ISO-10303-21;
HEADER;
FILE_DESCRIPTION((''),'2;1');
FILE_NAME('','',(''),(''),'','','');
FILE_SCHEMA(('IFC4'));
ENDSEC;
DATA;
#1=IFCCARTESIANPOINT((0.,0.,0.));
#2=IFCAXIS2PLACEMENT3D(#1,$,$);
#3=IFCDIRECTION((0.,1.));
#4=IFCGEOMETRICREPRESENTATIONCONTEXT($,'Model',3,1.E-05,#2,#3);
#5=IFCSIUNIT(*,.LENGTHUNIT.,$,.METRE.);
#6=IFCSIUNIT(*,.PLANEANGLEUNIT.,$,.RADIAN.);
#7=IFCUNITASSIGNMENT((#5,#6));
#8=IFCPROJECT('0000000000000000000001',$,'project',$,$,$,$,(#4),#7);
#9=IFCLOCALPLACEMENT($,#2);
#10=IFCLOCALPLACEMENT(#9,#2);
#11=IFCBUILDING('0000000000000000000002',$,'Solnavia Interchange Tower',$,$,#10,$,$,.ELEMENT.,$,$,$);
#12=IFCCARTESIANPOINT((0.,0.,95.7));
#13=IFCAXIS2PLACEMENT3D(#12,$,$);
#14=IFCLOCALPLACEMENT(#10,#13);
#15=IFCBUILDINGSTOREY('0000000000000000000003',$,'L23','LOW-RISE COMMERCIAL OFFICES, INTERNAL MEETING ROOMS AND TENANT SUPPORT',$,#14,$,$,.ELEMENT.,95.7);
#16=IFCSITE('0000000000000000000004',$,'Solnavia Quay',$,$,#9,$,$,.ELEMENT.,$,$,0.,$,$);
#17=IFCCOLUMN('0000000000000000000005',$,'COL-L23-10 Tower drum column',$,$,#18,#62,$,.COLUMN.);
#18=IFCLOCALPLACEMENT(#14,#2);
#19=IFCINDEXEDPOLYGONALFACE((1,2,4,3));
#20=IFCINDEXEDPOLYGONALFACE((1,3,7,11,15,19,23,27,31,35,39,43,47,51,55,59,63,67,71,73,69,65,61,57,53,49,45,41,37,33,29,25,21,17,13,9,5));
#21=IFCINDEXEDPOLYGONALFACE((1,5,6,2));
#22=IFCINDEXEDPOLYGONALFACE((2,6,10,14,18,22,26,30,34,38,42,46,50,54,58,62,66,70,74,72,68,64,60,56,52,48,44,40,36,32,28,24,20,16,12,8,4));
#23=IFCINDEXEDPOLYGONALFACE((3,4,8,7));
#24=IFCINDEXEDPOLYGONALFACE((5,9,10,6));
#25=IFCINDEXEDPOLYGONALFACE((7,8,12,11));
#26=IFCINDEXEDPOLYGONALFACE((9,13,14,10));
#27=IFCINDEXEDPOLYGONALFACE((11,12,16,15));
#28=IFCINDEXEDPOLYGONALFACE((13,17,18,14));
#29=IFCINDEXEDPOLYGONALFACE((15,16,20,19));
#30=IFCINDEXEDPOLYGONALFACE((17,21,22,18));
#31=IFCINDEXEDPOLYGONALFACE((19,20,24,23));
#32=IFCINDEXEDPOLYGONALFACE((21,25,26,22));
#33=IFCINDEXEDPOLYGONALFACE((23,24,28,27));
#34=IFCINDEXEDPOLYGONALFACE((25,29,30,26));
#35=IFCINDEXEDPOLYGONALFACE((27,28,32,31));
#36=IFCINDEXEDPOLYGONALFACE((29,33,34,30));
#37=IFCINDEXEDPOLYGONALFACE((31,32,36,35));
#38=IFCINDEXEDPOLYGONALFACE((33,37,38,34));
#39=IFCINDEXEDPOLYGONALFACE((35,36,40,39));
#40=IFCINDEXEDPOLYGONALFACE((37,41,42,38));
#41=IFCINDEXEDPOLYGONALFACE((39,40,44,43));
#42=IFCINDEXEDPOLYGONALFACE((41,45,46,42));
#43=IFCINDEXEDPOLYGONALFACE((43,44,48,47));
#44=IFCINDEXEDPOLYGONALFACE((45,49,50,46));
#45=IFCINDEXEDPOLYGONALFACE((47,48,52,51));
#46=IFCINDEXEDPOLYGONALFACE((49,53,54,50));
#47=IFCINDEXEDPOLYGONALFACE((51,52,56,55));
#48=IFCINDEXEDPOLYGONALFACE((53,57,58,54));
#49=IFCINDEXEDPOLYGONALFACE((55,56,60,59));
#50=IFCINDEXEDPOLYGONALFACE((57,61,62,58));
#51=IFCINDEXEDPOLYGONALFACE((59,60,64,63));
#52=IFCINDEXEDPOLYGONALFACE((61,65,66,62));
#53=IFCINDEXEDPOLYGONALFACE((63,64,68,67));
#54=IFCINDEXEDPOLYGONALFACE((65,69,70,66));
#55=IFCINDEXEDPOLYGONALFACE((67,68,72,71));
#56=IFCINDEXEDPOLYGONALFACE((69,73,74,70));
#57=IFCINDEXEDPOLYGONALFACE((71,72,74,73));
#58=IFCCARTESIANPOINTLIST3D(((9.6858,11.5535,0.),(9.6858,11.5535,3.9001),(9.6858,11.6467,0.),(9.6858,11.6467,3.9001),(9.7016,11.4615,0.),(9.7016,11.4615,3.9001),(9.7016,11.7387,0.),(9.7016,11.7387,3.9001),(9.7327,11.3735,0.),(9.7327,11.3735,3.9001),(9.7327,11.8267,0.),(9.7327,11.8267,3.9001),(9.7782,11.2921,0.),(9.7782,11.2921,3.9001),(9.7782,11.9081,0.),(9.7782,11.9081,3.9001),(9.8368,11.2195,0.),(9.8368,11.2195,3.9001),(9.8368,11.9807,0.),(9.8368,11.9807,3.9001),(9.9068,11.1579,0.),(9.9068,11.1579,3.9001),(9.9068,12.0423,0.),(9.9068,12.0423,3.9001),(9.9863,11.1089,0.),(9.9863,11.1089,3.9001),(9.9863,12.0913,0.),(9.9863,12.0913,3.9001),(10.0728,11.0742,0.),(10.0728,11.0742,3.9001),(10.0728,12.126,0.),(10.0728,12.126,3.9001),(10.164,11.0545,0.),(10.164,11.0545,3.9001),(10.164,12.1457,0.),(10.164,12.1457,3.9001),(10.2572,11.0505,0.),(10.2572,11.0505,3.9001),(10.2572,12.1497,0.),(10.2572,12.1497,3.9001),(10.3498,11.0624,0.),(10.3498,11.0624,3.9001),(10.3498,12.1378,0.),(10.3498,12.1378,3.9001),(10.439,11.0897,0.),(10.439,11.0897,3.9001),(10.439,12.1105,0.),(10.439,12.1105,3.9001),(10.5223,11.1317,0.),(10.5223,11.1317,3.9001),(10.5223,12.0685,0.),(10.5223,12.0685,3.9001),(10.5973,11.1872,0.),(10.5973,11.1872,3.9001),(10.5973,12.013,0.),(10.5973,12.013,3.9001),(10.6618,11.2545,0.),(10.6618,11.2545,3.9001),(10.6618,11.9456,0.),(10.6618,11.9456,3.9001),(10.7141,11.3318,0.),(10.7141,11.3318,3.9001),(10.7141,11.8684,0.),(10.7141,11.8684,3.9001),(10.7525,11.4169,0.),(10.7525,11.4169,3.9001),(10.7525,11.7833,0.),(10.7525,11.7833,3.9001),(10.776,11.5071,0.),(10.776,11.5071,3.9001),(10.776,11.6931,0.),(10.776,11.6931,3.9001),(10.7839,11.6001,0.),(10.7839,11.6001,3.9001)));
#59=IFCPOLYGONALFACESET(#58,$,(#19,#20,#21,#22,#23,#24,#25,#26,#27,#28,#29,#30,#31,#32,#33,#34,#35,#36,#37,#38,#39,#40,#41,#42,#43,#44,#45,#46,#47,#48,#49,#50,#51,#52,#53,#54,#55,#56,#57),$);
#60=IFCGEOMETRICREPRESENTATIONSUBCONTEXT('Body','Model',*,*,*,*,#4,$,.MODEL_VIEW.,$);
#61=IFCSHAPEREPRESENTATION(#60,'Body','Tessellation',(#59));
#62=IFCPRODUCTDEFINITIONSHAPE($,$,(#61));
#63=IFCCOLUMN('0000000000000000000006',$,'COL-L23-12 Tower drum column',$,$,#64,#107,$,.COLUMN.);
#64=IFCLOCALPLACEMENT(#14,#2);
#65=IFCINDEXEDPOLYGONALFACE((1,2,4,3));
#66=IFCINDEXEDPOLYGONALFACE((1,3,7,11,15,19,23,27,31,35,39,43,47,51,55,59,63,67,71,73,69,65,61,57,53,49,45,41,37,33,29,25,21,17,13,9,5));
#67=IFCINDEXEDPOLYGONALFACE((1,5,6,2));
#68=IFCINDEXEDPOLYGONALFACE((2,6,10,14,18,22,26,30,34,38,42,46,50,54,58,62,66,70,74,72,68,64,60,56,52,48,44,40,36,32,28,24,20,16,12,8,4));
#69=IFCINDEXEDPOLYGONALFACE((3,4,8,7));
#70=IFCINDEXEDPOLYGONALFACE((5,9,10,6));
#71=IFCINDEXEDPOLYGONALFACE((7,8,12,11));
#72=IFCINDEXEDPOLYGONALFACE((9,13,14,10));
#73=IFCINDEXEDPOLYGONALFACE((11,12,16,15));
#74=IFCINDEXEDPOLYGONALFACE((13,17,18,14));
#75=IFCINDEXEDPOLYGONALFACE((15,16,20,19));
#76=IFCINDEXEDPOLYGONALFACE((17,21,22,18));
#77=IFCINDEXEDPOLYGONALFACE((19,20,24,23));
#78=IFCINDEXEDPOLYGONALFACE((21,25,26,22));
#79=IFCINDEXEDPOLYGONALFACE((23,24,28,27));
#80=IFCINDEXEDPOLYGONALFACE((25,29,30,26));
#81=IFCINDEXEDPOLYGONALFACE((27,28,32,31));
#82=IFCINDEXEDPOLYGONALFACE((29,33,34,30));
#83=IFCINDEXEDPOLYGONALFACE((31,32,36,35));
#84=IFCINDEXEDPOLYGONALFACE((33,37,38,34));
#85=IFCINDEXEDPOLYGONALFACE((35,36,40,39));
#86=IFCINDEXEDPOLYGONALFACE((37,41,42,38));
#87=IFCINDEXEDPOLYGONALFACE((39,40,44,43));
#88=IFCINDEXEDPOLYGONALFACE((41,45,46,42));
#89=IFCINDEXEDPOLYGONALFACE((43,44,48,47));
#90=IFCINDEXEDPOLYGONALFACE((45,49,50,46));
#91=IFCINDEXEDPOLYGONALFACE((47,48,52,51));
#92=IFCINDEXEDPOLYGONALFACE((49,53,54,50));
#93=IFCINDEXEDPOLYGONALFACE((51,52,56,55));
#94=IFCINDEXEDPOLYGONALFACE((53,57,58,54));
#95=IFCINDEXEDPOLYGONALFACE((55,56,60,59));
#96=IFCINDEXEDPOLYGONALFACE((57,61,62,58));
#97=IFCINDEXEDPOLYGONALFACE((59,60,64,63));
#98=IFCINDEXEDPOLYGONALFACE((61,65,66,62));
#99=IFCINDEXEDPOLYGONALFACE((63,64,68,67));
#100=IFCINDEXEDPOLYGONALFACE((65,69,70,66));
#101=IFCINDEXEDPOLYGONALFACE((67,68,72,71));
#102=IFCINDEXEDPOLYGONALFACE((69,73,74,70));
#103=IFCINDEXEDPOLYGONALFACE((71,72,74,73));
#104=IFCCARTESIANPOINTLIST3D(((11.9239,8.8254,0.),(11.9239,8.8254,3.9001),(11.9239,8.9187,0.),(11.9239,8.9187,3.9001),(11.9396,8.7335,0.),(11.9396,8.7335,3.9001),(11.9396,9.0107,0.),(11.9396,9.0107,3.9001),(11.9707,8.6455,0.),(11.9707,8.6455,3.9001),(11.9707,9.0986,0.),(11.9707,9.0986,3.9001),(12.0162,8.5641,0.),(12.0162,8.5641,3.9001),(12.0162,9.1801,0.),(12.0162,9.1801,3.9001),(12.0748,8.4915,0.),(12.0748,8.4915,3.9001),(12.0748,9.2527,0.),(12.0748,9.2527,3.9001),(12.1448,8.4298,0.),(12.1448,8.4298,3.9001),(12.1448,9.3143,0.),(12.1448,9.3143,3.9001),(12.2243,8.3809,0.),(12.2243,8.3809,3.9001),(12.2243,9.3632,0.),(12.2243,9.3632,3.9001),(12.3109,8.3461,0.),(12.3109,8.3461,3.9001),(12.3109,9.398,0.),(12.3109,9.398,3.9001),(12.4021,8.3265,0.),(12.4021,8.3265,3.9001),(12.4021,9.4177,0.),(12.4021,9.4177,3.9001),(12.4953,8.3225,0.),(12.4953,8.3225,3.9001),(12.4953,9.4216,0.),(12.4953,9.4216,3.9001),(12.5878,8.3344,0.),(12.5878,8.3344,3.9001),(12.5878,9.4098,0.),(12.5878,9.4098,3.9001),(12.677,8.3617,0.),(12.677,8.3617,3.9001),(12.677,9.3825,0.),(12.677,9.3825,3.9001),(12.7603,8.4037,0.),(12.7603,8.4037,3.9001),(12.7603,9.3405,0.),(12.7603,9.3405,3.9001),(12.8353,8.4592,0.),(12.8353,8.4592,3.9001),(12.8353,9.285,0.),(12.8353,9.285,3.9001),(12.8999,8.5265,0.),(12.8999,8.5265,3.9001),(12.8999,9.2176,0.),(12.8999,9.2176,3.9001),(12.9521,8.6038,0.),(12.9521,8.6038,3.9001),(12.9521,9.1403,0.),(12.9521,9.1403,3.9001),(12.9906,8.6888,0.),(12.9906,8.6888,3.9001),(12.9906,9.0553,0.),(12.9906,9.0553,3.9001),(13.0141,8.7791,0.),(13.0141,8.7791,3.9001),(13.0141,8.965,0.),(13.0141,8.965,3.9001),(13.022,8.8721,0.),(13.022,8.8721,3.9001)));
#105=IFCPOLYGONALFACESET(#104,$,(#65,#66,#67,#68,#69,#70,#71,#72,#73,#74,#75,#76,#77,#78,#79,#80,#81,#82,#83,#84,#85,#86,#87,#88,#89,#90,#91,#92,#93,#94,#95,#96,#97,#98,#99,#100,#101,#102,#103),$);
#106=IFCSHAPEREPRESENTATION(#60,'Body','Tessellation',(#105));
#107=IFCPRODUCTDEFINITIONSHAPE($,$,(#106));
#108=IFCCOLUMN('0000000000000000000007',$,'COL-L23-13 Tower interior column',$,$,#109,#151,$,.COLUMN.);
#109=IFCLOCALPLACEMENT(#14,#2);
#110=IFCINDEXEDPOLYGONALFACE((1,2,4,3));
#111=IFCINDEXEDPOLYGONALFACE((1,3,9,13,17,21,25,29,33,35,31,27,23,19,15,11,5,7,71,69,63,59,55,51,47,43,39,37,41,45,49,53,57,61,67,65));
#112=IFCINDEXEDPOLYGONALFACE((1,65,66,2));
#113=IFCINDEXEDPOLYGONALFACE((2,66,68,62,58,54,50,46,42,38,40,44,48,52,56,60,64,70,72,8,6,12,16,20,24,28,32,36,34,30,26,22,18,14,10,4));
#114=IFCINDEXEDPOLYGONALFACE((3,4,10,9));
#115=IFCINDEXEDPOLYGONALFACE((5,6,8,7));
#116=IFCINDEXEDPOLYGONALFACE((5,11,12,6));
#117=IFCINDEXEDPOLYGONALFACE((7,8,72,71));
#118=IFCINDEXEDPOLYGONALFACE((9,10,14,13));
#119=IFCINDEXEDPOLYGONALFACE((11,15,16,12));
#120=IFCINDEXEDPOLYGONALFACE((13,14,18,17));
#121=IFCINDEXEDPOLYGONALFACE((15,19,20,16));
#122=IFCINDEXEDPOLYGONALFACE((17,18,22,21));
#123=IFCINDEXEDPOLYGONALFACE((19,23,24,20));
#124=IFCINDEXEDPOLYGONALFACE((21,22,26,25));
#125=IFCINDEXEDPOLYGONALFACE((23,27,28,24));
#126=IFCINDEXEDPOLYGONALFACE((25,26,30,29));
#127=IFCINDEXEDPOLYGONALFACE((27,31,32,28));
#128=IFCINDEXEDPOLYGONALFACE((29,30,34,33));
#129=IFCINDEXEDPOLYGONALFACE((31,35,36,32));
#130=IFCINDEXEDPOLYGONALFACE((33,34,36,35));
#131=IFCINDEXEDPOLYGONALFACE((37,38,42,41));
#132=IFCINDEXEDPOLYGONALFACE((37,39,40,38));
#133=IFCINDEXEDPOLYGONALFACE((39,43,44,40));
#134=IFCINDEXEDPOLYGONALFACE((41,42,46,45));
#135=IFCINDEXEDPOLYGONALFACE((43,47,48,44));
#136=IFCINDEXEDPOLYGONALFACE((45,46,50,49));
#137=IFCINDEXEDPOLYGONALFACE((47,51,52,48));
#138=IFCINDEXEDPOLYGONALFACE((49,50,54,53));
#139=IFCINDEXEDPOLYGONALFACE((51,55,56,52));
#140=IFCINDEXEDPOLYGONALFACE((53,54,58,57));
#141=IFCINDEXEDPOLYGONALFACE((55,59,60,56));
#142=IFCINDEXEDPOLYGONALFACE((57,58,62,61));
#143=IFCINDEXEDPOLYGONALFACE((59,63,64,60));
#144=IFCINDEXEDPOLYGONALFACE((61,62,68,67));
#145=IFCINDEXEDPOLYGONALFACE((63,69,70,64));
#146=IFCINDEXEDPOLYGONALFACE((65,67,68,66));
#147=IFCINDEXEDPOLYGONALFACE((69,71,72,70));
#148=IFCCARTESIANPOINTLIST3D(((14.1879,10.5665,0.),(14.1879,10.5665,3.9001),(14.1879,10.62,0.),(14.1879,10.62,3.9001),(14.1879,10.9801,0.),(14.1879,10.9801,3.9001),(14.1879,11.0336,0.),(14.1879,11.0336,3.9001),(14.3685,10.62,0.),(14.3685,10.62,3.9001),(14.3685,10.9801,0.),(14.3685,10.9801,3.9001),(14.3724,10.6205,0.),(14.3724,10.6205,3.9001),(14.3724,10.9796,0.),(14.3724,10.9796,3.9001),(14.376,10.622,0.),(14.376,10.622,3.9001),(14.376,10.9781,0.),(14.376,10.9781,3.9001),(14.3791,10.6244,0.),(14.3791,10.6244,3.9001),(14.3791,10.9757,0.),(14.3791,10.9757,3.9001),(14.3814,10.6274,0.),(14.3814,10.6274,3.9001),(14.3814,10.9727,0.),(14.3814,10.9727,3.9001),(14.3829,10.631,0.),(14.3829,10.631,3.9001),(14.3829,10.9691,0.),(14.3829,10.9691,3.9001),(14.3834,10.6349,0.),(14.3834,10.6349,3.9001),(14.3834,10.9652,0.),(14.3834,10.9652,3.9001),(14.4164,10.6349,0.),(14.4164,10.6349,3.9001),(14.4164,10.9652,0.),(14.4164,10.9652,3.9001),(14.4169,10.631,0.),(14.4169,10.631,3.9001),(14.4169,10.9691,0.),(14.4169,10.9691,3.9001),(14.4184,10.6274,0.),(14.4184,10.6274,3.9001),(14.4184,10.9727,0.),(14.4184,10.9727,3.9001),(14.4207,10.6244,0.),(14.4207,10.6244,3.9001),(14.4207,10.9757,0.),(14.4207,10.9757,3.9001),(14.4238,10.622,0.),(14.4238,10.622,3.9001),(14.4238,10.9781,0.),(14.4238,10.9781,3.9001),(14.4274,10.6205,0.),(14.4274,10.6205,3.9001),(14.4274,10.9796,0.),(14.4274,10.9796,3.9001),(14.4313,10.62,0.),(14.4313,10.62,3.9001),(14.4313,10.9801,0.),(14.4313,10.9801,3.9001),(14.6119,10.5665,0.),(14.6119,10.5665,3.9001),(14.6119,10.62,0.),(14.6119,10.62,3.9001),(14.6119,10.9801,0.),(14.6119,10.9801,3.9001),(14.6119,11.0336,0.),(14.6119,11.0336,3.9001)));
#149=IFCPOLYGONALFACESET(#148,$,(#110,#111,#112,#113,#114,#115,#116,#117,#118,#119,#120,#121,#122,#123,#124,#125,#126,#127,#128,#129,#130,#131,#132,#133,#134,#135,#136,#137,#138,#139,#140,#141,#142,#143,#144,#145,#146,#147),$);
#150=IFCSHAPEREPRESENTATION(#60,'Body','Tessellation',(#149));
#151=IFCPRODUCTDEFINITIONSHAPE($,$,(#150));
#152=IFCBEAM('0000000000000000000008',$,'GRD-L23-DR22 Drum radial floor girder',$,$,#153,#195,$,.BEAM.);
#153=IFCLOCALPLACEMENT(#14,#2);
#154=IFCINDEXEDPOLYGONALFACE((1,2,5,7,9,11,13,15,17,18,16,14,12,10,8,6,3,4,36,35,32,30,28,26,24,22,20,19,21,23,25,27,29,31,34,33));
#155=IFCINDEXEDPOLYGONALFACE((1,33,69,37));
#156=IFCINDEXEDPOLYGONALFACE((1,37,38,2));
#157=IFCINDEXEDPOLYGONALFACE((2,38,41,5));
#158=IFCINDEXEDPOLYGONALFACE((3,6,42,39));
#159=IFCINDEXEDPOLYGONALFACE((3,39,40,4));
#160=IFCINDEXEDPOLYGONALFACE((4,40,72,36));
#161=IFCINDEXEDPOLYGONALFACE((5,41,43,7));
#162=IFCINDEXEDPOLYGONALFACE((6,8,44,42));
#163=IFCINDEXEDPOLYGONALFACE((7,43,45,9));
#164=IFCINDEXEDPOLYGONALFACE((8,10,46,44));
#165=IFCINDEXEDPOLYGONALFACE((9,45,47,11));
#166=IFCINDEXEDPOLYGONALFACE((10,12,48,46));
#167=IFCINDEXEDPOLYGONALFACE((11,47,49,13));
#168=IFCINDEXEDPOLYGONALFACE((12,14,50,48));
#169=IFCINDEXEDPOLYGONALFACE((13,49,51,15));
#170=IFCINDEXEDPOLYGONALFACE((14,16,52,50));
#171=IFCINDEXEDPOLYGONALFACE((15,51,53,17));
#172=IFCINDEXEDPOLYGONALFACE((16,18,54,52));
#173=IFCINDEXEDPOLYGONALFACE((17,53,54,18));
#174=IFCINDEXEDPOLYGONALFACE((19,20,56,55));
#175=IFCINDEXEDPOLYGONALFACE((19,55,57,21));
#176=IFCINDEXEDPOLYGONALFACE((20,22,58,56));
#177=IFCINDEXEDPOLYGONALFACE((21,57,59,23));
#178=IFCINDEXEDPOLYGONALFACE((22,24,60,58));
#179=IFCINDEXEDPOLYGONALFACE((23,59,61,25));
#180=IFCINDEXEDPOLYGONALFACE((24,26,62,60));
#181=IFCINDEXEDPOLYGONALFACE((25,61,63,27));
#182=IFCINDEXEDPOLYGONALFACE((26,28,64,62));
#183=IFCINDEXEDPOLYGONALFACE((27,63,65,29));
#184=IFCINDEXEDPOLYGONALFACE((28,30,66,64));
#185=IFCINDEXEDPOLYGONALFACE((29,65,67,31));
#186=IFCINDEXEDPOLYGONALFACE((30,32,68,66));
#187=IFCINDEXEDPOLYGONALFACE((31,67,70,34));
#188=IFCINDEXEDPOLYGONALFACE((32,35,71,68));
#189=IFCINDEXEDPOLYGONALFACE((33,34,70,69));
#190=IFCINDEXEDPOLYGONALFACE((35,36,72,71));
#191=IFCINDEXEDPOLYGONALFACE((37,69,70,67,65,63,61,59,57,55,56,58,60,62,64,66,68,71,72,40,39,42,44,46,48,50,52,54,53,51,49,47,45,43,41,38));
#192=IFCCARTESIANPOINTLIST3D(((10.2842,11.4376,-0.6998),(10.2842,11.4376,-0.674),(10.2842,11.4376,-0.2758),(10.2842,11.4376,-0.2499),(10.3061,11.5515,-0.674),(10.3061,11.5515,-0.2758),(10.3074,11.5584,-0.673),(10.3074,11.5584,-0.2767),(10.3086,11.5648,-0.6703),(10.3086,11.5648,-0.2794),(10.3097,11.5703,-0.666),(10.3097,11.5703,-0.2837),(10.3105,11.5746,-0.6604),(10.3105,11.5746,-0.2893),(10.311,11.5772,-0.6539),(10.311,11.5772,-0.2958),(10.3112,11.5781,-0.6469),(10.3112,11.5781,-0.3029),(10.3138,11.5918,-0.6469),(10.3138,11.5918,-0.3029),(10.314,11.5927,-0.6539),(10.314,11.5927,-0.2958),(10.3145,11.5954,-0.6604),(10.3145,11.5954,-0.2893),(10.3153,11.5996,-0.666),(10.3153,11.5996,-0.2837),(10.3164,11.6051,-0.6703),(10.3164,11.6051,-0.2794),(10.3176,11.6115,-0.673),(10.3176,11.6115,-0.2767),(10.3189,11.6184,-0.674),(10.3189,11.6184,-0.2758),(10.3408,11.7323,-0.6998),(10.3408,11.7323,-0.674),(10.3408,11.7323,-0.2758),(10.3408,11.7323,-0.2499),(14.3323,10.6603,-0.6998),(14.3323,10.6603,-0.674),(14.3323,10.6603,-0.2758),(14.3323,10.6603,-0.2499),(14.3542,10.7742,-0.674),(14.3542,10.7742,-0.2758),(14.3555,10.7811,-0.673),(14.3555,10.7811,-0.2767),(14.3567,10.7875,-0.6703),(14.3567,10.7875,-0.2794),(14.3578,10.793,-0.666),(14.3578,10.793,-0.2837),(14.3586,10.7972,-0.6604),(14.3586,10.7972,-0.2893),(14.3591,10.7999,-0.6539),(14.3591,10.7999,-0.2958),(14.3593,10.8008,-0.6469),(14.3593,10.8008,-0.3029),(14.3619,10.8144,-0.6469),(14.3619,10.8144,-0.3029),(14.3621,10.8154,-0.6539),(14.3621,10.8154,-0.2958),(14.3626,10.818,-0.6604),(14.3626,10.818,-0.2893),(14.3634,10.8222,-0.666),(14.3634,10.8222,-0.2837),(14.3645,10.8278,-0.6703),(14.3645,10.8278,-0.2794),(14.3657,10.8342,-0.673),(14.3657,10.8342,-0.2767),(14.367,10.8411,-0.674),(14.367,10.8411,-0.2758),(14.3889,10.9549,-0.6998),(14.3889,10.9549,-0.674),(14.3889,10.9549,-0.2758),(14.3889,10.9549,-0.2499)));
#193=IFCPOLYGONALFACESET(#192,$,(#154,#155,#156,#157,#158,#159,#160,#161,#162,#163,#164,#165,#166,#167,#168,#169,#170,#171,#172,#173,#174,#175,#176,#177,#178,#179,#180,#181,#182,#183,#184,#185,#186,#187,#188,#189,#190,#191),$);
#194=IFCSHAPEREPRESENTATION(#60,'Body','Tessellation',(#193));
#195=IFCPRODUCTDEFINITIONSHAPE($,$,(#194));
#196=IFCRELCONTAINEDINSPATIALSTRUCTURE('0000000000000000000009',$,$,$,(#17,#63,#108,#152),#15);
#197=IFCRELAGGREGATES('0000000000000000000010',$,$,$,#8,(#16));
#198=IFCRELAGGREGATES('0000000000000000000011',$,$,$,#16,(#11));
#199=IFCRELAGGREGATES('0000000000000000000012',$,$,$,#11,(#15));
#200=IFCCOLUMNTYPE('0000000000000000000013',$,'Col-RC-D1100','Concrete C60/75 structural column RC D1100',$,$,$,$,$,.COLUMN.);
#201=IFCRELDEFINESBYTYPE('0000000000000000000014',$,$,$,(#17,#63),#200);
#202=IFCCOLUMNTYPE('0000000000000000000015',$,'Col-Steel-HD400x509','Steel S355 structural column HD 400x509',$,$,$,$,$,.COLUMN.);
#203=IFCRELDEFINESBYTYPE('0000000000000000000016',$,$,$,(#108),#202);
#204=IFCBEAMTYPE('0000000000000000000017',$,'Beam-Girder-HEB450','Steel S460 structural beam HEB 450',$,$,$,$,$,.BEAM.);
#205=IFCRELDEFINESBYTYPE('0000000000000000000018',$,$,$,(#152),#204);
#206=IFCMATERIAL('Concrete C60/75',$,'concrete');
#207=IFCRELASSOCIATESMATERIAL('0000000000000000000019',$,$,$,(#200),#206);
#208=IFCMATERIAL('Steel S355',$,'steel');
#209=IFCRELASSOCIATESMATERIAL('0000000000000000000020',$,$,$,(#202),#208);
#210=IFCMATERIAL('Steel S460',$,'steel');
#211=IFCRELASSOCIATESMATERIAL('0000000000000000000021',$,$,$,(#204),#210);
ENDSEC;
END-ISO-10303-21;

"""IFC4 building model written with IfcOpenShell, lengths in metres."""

from ifc_helpers import new_model, si_unit, direction, frame, origin, origin_2d, place, context, subcontext, project, spatial, circle, i_section, extrude, material, material_profile, profile_set, type_object, element, save


model = new_model("IFC4")

# Units and contexts
model_context = context("Model", 3, precision=1e-05, world=origin(), true_north=direction((0.0, 1.0)))
body_context = subcontext(model_context, "Body", "Model", "MODEL_VIEW")
ifc_project = project(units=[si_unit("LENGTHUNIT", "METRE"), si_unit("PLANEANGLEUNIT", "RADIAN")], contexts=[model_context])

# Site, building, storey
site_placement = place(None, origin())
site = spatial("IfcSite", under=ifc_project, at=site_placement, Name="Solnavia Quay", CompositionType="ELEMENT", RefElevation=0.0)
building_placement = place(site_placement, origin())
building = spatial("IfcBuilding", under=site, at=building_placement, Name="Solnavia Interchange Tower", CompositionType="ELEMENT")
storey_placement = place(building_placement, frame((0.0, 0.0, 95.7)))
storey = spatial("IfcBuildingStorey", under=building, at=storey_placement, Name="L23", Description="LOW-RISE COMMERCIAL OFFICES, INTERNAL MEETING ROOMS AND TENANT SUPPORT", CompositionType="ELEMENT", Elevation=95.7)

# Columns
ifc_material_1 = material(Name="Concrete C60/75", Category="concrete")
ifc_material_profile_1 = material_profile(ifc_material_1, circle(Radius=0.55, at=origin_2d()), Name="RC D1100")
ifc_profile_set_1 = profile_set([ifc_material_profile_1], Name="Concrete C60/75")
column_type_1 = type_object("IfcColumnType", Name="Col-RC-D1100", Description="Concrete C60/75 structural column RC D1100", PredefinedType="COLUMN", material=ifc_profile_set_1)
for number, where, z_axis, x_axis, name in (
    (1, (10.2339, 11.6001, 0.0), (0.0, 0.0, 1.0), (1.0, 0.0, 0.0), "COL-L23-10 Tower drum column"),
    (2, (12.4719, 8.8721, 0.0), (0.0, 0.0, 1.0), (1.0, 0.0, 0.0), "COL-L23-12 Tower drum column"),
):
    element("IfcColumn", number, at=place(storey_placement, frame(where, z_axis=z_axis, x_axis=x_axis)), inside=storey, type_object=column_type_1, Name=name, PredefinedType="COLUMN", context=body_context, shape_type="SweptSolid", body=[
        extrude(circle(Radius=0.55, at=origin_2d()), origin(), (0.0, 0.0, 1.0), 3.9001),
    ])
ifc_material_2 = material(Name="Steel S355", Category="steel")
ifc_material_profile_2 = material_profile(ifc_material_2, i_section(OverallWidth=0.4241, OverallDepth=0.467, WebThickness=0.033, FlangeThickness=0.0535, FilletRadius=0.0149, at=origin_2d()), Name="HD 400x509")
ifc_profile_set_2 = profile_set([ifc_material_profile_2], Name="Steel S355")
column_type_2 = type_object("IfcColumnType", Name="Col-Steel-HD400x509", Description="Steel S355 structural column HD 400x509", PredefinedType="COLUMN", material=ifc_profile_set_2)
column_placement = place(storey_placement, frame((14.3999, 10.8, 0.0), z_axis=(0.0, 0.0, 1.0), x_axis=(1.0, 0.0, 0.0)))
element("IfcColumn", 3, at=column_placement, inside=storey, type_object=column_type_2, Name="COL-L23-13 Tower interior column", PredefinedType="COLUMN", context=body_context, shape_type="SweptSolid", body=[
    extrude(i_section(OverallWidth=0.4241, OverallDepth=0.467, WebThickness=0.033, FlangeThickness=0.0535, FilletRadius=0.0149, at=origin_2d()), origin(), (0.0, 0.0, 1.0), 3.9001),
])

# Beam
ifc_material_3 = material(Name="Steel S460", Category="steel")
ifc_material_profile_3 = material_profile(ifc_material_3, i_section(OverallWidth=0.3, OverallDepth=0.45, WebThickness=0.0139, FlangeThickness=0.0259, FilletRadius=0.0271, at=origin_2d()), Name="HEB 450")
ifc_profile_set_3 = profile_set([ifc_material_profile_3], Name="Steel S460")
beam_type_1 = type_object("IfcBeamType", Name="Beam-Girder-HEB450", Description="Steel S460 structural beam HEB 450", PredefinedType="BEAM", material=ifc_profile_set_3)
beam_1_placement = place(storey_placement, frame((10.3125, 11.585, -0.4749), z_axis=(0.982058, -0.188582, 0.0), x_axis=(0.188582, 0.982058, 0.0)))
element("IfcBeam", 4, at=beam_1_placement, inside=storey, type_object=beam_type_1, Name="GRD-L23-DR22 Drum radial floor girder", PredefinedType="BEAM", context=body_context, shape_type="SweptSolid", body=[
    extrude(i_section(OverallWidth=0.3, OverallDepth=0.45, WebThickness=0.0139, FlangeThickness=0.0259, FilletRadius=0.0271, at=origin_2d()), origin(), (0.0, 0.0, 1.0), 4.1221),
])

save(model, "model.ifc")
